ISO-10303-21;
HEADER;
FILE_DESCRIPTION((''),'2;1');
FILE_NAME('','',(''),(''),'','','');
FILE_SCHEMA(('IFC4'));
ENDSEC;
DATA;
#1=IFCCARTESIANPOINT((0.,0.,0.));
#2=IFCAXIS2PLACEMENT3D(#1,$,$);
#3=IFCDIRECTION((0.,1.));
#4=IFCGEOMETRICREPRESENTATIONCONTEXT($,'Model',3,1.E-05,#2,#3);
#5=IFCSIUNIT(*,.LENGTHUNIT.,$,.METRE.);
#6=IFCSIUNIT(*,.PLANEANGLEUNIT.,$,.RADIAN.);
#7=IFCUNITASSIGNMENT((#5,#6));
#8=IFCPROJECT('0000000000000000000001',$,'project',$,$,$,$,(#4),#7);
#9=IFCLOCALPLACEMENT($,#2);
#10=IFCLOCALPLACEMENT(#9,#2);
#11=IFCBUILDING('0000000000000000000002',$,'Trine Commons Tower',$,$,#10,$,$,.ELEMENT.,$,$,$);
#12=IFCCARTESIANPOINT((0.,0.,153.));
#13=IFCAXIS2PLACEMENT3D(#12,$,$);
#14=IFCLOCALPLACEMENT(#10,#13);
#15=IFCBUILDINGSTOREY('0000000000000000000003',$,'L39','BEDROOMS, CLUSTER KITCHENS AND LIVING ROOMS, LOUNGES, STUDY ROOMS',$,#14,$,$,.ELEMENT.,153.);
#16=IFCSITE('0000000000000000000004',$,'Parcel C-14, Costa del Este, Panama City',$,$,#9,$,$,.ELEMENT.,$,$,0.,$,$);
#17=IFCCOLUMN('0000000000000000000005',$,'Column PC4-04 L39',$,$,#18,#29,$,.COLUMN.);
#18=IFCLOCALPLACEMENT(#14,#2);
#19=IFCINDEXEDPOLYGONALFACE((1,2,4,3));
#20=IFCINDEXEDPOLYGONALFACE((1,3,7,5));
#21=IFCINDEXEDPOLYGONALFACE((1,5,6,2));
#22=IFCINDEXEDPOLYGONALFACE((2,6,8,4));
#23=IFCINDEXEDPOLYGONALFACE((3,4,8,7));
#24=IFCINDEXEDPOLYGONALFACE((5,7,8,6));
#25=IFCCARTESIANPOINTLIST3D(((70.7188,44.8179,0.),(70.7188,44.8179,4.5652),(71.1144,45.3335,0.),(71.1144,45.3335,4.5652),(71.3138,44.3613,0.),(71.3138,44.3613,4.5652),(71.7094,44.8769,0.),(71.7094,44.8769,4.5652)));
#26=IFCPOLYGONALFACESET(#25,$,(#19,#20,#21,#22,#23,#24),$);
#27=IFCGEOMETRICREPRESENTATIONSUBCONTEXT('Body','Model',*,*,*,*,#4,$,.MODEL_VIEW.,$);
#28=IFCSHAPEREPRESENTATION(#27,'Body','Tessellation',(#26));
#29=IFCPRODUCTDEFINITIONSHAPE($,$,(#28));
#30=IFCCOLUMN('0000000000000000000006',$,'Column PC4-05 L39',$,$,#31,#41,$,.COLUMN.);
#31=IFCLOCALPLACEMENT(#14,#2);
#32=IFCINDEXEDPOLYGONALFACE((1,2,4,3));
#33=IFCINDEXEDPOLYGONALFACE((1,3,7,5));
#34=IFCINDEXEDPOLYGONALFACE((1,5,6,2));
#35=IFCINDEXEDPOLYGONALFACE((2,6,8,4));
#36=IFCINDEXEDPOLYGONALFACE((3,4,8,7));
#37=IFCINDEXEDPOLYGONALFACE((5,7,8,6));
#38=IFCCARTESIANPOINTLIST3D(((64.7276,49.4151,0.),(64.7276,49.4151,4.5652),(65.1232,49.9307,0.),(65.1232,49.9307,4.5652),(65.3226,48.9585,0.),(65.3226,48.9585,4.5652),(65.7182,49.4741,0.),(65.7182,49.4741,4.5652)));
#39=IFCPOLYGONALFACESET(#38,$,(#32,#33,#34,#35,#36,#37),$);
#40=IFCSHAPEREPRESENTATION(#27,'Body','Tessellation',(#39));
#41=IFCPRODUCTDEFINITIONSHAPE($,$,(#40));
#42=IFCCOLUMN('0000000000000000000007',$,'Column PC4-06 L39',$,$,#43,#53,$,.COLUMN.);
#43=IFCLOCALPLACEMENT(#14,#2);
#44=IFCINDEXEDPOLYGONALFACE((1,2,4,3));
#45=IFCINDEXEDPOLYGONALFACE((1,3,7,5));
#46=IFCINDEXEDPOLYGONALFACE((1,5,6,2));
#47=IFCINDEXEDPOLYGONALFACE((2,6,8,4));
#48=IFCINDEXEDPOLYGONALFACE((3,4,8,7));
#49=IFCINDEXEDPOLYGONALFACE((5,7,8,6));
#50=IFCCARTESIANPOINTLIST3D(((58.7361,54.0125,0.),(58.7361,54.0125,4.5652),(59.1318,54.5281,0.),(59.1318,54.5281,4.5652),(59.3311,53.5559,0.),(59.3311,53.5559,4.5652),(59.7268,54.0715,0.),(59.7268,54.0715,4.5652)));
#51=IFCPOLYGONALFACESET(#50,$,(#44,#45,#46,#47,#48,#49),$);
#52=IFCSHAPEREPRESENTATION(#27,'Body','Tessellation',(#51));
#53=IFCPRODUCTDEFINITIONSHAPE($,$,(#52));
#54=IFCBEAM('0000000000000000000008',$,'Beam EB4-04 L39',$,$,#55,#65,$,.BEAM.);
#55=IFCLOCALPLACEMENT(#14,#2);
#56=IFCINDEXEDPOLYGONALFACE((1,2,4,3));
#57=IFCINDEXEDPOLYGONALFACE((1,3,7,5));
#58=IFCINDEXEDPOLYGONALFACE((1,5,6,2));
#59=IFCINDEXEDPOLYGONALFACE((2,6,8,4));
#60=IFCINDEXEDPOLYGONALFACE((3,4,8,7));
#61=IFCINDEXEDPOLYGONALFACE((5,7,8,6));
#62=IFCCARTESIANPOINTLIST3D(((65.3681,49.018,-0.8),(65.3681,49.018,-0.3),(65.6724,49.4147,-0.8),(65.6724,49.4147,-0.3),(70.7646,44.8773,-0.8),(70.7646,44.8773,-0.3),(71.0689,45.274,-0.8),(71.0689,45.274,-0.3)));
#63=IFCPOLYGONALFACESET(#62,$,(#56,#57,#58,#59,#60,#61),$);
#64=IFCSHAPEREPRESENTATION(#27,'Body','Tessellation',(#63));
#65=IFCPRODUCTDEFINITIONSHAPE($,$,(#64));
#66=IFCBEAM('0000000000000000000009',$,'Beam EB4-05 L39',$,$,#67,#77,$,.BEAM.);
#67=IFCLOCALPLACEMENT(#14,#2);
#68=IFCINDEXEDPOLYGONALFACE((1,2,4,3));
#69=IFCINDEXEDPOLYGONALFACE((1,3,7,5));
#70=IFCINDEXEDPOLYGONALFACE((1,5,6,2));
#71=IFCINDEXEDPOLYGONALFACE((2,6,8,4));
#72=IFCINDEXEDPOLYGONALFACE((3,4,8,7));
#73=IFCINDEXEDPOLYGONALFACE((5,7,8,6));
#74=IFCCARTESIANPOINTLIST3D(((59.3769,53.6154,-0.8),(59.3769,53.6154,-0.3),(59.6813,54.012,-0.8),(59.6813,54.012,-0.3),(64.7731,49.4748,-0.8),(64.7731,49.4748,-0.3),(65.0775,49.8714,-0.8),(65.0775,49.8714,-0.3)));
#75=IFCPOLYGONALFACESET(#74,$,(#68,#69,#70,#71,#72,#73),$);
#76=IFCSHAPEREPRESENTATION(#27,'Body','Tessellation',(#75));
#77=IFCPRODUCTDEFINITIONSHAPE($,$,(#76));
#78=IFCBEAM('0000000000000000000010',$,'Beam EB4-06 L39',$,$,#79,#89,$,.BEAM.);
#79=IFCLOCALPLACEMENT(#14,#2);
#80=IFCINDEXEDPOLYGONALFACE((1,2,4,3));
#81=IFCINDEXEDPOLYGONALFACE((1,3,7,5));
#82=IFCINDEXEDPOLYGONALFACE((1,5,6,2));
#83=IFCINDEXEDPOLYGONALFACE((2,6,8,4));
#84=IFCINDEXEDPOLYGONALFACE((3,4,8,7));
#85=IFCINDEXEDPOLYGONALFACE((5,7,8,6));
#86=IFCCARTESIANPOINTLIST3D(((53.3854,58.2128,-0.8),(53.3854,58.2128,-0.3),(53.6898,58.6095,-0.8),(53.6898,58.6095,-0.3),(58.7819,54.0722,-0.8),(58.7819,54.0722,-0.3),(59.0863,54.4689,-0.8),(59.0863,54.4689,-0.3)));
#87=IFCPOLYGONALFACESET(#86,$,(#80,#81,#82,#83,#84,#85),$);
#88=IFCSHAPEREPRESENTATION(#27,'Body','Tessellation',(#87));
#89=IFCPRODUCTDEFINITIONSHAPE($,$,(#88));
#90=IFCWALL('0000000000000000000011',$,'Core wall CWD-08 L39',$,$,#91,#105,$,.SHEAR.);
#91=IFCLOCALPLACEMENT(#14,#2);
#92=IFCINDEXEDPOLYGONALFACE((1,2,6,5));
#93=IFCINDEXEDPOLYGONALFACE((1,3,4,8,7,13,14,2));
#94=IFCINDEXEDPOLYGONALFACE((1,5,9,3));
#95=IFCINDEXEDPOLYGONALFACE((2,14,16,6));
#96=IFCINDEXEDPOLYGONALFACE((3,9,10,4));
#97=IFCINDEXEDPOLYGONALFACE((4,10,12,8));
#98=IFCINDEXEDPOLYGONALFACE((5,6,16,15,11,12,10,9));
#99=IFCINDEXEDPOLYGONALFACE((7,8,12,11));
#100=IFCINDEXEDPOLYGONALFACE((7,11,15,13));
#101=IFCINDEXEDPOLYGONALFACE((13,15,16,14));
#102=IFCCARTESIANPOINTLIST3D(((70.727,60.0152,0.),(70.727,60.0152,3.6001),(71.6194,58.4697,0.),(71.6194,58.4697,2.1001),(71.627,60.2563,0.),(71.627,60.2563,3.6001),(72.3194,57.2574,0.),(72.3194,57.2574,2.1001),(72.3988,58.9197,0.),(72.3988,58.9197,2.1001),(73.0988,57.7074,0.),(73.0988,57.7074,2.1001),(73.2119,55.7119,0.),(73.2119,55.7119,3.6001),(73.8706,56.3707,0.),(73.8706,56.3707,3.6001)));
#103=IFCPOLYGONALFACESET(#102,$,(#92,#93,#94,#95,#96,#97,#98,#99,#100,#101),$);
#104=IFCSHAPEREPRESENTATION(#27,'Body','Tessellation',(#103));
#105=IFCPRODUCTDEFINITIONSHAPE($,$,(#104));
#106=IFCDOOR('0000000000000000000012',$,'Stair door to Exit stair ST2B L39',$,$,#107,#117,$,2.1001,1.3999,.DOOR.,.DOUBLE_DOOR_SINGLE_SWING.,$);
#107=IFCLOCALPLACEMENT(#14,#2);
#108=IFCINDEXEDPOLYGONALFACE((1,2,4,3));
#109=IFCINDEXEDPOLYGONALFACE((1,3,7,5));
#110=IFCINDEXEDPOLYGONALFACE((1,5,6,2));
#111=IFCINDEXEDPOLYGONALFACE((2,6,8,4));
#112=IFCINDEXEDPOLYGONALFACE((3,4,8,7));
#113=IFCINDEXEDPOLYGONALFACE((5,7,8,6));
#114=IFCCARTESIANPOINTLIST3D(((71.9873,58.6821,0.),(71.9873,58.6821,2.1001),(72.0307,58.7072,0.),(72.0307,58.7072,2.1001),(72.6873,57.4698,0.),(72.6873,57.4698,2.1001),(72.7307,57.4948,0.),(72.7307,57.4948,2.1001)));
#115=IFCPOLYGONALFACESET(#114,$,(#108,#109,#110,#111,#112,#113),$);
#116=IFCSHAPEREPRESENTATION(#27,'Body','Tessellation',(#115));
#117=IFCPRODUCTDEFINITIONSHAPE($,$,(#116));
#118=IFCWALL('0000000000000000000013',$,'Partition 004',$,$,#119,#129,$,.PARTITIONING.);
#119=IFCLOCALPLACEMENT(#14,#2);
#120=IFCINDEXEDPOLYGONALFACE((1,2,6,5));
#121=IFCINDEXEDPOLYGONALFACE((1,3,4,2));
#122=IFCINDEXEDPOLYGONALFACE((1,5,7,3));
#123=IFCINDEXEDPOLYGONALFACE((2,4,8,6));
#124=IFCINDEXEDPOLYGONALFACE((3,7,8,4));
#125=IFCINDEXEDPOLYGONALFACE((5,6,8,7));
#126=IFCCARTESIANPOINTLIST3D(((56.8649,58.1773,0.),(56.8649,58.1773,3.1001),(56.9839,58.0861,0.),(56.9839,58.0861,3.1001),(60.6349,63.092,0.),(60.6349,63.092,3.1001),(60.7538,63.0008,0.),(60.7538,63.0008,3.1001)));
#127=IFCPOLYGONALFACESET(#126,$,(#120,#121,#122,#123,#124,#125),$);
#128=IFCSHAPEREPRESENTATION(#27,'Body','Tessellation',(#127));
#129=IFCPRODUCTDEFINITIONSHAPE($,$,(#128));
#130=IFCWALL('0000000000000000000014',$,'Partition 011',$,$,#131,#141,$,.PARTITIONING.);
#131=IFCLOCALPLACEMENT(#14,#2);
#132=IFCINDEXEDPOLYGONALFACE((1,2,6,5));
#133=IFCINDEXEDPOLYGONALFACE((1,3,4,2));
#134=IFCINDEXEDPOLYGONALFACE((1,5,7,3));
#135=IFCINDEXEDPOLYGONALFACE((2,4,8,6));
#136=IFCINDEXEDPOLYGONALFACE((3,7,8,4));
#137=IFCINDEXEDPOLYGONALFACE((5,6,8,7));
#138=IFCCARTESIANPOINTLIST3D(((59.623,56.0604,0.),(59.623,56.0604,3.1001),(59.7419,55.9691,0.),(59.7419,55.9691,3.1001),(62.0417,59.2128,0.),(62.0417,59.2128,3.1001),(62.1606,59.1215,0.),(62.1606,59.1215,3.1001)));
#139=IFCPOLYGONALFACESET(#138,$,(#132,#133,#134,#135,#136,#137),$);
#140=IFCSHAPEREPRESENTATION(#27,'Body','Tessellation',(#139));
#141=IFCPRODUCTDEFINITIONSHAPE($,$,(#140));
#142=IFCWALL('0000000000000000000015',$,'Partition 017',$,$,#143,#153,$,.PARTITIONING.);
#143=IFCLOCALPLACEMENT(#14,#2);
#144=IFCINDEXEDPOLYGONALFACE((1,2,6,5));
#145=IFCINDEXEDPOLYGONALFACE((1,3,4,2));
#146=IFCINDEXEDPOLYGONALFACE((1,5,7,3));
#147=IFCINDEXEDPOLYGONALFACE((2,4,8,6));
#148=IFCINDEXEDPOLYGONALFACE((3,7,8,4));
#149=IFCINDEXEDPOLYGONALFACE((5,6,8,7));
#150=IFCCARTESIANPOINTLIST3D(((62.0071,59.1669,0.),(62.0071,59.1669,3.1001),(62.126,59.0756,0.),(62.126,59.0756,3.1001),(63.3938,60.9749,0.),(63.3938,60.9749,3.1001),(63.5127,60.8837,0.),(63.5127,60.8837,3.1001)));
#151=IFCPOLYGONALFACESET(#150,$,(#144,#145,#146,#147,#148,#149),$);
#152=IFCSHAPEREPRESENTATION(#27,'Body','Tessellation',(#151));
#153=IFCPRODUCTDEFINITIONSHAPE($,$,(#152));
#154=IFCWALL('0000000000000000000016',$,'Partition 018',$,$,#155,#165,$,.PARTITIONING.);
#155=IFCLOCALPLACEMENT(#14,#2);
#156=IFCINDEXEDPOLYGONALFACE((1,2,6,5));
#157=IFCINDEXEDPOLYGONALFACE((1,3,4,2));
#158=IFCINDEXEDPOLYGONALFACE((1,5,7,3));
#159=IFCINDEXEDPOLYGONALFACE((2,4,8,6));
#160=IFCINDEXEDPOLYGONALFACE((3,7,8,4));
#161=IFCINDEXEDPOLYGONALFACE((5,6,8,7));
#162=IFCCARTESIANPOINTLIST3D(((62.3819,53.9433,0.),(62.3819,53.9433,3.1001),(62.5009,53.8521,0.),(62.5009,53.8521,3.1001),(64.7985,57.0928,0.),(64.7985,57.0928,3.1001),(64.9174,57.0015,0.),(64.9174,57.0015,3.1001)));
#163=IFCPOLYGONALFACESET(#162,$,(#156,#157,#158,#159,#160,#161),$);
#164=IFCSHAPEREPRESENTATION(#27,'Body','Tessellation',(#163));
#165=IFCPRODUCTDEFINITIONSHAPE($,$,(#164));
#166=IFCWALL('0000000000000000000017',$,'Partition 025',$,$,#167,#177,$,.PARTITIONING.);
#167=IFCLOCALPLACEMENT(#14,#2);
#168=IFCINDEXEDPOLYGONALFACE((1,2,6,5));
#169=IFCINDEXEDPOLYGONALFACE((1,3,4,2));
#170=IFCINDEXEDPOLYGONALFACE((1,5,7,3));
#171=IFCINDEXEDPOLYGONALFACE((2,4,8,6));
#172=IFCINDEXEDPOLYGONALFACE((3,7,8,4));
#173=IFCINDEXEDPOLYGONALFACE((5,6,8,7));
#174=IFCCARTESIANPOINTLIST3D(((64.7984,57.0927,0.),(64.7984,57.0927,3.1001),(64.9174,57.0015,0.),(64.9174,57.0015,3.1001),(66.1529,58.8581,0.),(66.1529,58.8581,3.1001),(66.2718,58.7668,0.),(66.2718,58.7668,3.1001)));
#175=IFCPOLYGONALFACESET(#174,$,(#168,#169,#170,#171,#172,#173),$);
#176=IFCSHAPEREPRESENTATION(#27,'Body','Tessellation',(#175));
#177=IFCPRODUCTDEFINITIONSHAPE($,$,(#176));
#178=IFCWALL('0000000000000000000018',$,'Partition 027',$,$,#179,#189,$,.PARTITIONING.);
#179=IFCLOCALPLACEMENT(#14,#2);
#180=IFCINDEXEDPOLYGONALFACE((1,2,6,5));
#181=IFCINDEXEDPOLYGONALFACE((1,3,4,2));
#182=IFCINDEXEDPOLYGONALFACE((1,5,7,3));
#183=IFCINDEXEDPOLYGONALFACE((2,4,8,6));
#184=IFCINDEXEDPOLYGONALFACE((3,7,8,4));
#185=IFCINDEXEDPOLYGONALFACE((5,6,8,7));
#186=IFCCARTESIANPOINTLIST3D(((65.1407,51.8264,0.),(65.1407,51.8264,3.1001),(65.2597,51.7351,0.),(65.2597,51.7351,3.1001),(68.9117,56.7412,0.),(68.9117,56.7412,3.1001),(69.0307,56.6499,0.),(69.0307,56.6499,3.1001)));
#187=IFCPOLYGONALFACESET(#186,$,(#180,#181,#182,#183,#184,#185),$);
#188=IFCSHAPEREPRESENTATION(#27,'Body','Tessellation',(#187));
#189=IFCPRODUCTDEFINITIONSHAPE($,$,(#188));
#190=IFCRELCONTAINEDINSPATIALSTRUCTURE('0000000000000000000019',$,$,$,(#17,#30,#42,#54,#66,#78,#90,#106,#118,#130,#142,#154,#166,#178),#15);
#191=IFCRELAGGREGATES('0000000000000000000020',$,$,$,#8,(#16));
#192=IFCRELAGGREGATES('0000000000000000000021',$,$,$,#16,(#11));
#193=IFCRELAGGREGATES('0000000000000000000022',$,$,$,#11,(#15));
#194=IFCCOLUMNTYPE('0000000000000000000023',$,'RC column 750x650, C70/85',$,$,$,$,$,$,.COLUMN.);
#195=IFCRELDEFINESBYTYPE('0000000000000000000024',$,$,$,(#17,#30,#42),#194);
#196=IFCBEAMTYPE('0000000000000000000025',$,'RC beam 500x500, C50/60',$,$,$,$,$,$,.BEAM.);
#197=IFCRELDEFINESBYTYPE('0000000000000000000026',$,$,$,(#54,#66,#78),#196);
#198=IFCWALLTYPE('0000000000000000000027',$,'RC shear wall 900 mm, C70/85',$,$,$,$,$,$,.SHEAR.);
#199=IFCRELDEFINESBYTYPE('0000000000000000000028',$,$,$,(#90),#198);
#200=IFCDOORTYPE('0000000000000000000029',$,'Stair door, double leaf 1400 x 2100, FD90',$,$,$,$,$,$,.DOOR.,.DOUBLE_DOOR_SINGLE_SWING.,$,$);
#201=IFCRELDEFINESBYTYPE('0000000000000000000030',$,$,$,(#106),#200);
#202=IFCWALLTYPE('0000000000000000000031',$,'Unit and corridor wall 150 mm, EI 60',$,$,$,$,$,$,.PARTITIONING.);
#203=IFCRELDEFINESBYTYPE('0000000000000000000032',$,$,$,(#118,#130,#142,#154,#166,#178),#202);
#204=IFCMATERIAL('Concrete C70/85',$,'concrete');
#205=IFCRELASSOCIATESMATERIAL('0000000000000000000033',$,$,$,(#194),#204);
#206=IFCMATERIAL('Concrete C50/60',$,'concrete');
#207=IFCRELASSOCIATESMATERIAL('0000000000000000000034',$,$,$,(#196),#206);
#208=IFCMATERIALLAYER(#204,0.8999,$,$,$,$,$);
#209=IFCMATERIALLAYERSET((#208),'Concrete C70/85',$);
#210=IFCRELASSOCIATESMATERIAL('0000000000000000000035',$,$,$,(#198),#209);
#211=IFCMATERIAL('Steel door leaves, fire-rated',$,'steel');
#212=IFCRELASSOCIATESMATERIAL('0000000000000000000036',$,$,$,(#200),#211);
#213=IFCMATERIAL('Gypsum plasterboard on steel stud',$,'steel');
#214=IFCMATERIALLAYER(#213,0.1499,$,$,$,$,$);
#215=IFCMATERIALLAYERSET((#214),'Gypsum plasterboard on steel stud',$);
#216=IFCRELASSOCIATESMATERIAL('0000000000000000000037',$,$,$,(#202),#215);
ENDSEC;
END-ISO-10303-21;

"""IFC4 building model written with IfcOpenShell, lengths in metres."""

from ifc_helpers import new_model, si_unit, direction, frame, frame_2d, origin, origin_2d, place, context, subcontext, project, spatial, polyline, rectangle, outline, extrude, material, layer, layer_set, material_profile, profile_set, type_object, element, fill, save


model = new_model("IFC4")

# Units and contexts
model_context = context("Model", 3, precision=1e-05, world=origin(), true_north=direction((0.0, 1.0)))
body_context = subcontext(model_context, "Body", "Model", "MODEL_VIEW")
ifc_project = project(units=[si_unit("LENGTHUNIT", "METRE"), si_unit("PLANEANGLEUNIT", "RADIAN")], contexts=[model_context])

# Site, building, storey
site_placement = place(None, origin())
site = spatial("IfcSite", under=ifc_project, at=site_placement, Name="Parcel C-14, Costa del Este, Panama City", CompositionType="ELEMENT", RefElevation=0.0)
building_placement = place(site_placement, origin())
building = spatial("IfcBuilding", under=site, at=building_placement, Name="Trine Commons Tower", CompositionType="ELEMENT")
storey_placement = place(building_placement, frame((0.0, 0.0, 153.0)))
storey = spatial("IfcBuildingStorey", under=building, at=storey_placement, Name="L39", Description="BEDROOMS, CLUSTER KITCHENS AND LIVING ROOMS, LOUNGES, STUDY ROOMS", CompositionType="ELEMENT", Elevation=153.0)

# Columns
ifc_material_1 = material(Name="Concrete C70/85", Category="concrete")
ifc_material_profile_1 = material_profile(ifc_material_1, rectangle(XDim=0.75, YDim=0.6499, at=origin_2d()), Name="RC 750x650")
ifc_profile_set_1 = profile_set([ifc_material_profile_1], Name="Concrete C70/85")
column_type = type_object("IfcColumnType", Name="RC column 750x650, C70/85", PredefinedType="COLUMN", material=ifc_profile_set_1)
for number, where, z_axis, x_axis, name in (
    (1, (71.2141, 44.8474, 0.0), (0.0, 0.0, 1.0), (-0.793353, 0.608761, 0.0), "Column PC4-04 L39"),
    (2, (65.2229, 49.4446, 0.0), (0.0, 0.0, 1.0), (-0.793353, 0.608761, 0.0), "Column PC4-05 L39"),
    (3, (59.2314, 54.042, 0.0), (0.0, 0.0, 1.0), (-0.793353, 0.608761, 0.0), "Column PC4-06 L39"),
):
    element("IfcColumn", number, at=place(storey_placement, frame(where, z_axis=z_axis, x_axis=x_axis)), inside=storey, type_object=column_type, Name=name, PredefinedType="COLUMN", context=body_context, shape_type="SweptSolid", body=[
        extrude(rectangle(XDim=0.75, YDim=0.6499, at=origin_2d()), origin(), (0.0, 0.0, 1.0), 4.5652),
    ])

# Beams
ifc_material_2 = material(Name="Concrete C50/60", Category="concrete")
ifc_material_profile_2 = material_profile(ifc_material_2, rectangle(XDim=0.5, YDim=0.5, at=origin_2d()), Name="RC 500x500")
ifc_profile_set_2 = profile_set([ifc_material_profile_2], Name="Concrete C50/60")
beam_type = type_object("IfcBeamType", Name="RC beam 500x500, C50/60", PredefinedType="BEAM", material=ifc_profile_set_2)
beam_1_placement = place(storey_placement, frame((70.9167, 45.0757, -0.55), z_axis=(-0.793371, 0.608739, 0.0), x_axis=(-0.608739, -0.793371, 0.0)))
element("IfcBeam", 4, at=beam_1_placement, inside=storey, type_object=beam_type, Name="Beam EB4-04 L39", PredefinedType="BEAM", context=body_context, shape_type="SweptSolid", body=[
    extrude(rectangle(XDim=0.5, YDim=0.5, at=origin_2d()), origin(), (0.0, 0.0, 1.0), 6.802),
])
beam_2_placement = place(storey_placement, frame((64.9253, 49.6731, -0.55), z_axis=(-0.793357, 0.608756, 0.0), x_axis=(-0.608756, -0.793357, 0.0)))
element("IfcBeam", 5, at=beam_2_placement, inside=storey, type_object=beam_type, Name="Beam EB4-05 L39", PredefinedType="BEAM", context=body_context, shape_type="SweptSolid", body=[
    extrude(rectangle(XDim=0.5, YDim=0.5, at=origin_2d()), origin(), (0.0, 0.0, 1.0), 6.8018),
])
beam_3_placement = place(storey_placement, frame((58.9341, 54.2705, -0.55), z_axis=(-0.793371, 0.608739, 0.0), x_axis=(-0.608739, -0.793371, 0.0)))
element("IfcBeam", 6, at=beam_3_placement, inside=storey, type_object=beam_type, Name="Beam EB4-06 L39", PredefinedType="BEAM", context=body_context, shape_type="SweptSolid", body=[
    extrude(rectangle(XDim=0.5, YDim=0.5, at=origin_2d()), origin(), (0.0, 0.0, 1.0), 6.802),
])

# Wall, opening, door
ifc_layer_1 = layer(ifc_material_1, 0.8999)
ifc_layer_set_1 = layer_set([ifc_layer_1], Name="Concrete C70/85")
wall_type_1 = type_object("IfcWallType", Name="RC shear wall 900 mm, C70/85", PredefinedType="SHEAR", material=ifc_layer_set_1)
wall_1_placement = place(storey_placement, frame((71.1167, 60.2402, 0.0), z_axis=(0.0, 0.0, 1.0), x_axis=(0.500039, -0.866003, 0.0)))
wall_1 = element("IfcWall", 7, at=wall_1_placement, inside=storey, type_object=wall_type_1, Name="Core wall CWD-08 L39", PredefinedType="SHEAR", context=body_context, shape_type="SweptSolid", body=[
    extrude(outline(polyline([(0.0, -0.45), (4.9692, -0.45), (4.728, 0.45), (0.2412, 0.45), (0.0, -0.45)])), origin(), (0.0, 0.0, 1.0), 3.6001),
])
opening_1_placement = place(wall_1_placement, frame((1.7847, 0.0, 0.0)))
opening_1 = element("IfcOpeningElement", 8, at=opening_1_placement, cuts=wall_1, PredefinedType="OPENING", context=body_context, shape_type="SweptSolid", body=[
    extrude(rectangle(XDim=1.3999, YDim=2.1001, at=frame_2d((0.7, 1.05))), frame((0.0, 0.46, 0.0), z_axis=(0.0, -1.0, 0.0), x_axis=(1.0, 0.0, 0.0)), (0.0, 0.0, 1.0), 0.9199),
])
ifc_material_3 = material(Name="Steel door leaves, fire-rated", Category="steel")
door_type_1 = type_object("IfcDoorType", Name="Stair door, double leaf 1400 x 2100, FD90", OperationType="DOUBLE_DOOR_SINGLE_SWING", PredefinedType="DOOR", material=ifc_material_3)
door_1_placement = place(opening_1_placement, origin())
door_1 = element("IfcDoor", 9, at=door_1_placement, inside=storey, type_object=door_type_1, Name="Stair door to Exit stair ST2B L39", OperationType="DOUBLE_DOOR_SINGLE_SWING", OverallHeight=2.1001, OverallWidth=1.3999, PredefinedType="DOOR", context=body_context, shape_type="SweptSolid", body=[
    extrude(rectangle(XDim=1.3999, YDim=2.1001, at=frame_2d((0.7, 1.05))), frame((0.0, 0.0249, 0.0), z_axis=(0.0, -1.0, 0.0), x_axis=(1.0, 0.0, 0.0)), (0.0, 0.0, 1.0), 0.05),
])
fill(opening_1, door_1)

# Walls
ifc_material_4 = material(Name="Gypsum plasterboard on steel stud", Category="steel")
ifc_layer_2 = layer(ifc_material_4, 0.1499)
ifc_layer_set_2 = layer_set([ifc_layer_2], Name="Gypsum plasterboard on steel stud")
wall_type_2 = type_object("IfcWallType", Name="Unit and corridor wall 150 mm, EI 60", PredefinedType="PARTITIONING", material=ifc_layer_set_2)
wall_2_placement = place(storey_placement, frame((56.9243, 58.1316, 0.0), z_axis=(0.0, 0.0, 1.0), x_axis=(0.608636, 0.79345, 0.0)))
element("IfcWall", 10, at=wall_2_placement, inside=storey, type_object=wall_type_2, Name="Partition 004", PredefinedType="PARTITIONING", context=body_context, shape_type="SweptSolid", body=[
    extrude(rectangle(XDim=6.1941, YDim=0.1499, at=frame_2d((3.0972, 0.0))), origin(), (0.0, 0.0, 1.0), 3.1001),
])
wall_3_placement = place(storey_placement, frame((59.6824, 56.0146, 0.0), z_axis=(0.0, 0.0, 1.0), x_axis=(0.608733, 0.793375, 0.0)))
element("IfcWall", 11, at=wall_3_placement, inside=storey, type_object=wall_type_2, Name="Partition 011", PredefinedType="PARTITIONING", context=body_context, shape_type="SweptSolid", body=[
    extrude(rectangle(XDim=3.9734, YDim=0.1499, at=frame_2d((1.9868, 0.0))), origin(), (0.0, 0.0, 1.0), 3.1001),
])
wall_4_placement = place(storey_placement, frame((62.0667, 59.1213, 0.0), z_axis=(0.0, 0.0, 1.0), x_axis=(0.608571, 0.793499, 0.0)))
element("IfcWall", 12, at=wall_4_placement, inside=storey, type_object=wall_type_2, Name="Partition 017", PredefinedType="PARTITIONING", context=body_context, shape_type="SweptSolid", body=[
    extrude(rectangle(XDim=2.2786, YDim=0.1499, at=frame_2d((1.1392, 0.0))), origin(), (0.0, 0.0, 1.0), 3.1001),
])
wall_5_placement = place(storey_placement, frame((62.4414, 53.8977, 0.0), z_axis=(0.0, 0.0, 1.0), x_axis=(0.608741, 0.793369, 0.0)))
element("IfcWall", 13, at=wall_5_placement, inside=storey, type_object=wall_type_2, Name="Partition 018", PredefinedType="PARTITIONING", context=body_context, shape_type="SweptSolid", body=[
    extrude(rectangle(XDim=3.9697, YDim=0.1499, at=frame_2d((1.9849, 0.0))), origin(), (0.0, 0.0, 1.0), 3.1001),
])
wall_6_placement = place(storey_placement, frame((64.8579, 57.0471, 0.0), z_axis=(0.0, 0.0, 1.0), x_axis=(0.608724, 0.793382, 0.0)))
element("IfcWall", 14, at=wall_6_placement, inside=storey, type_object=wall_type_2, Name="Partition 025", PredefinedType="PARTITIONING", context=body_context, shape_type="SweptSolid", body=[
    extrude(rectangle(XDim=2.2251, YDim=0.1499, at=frame_2d((1.1125, 0.0))), origin(), (0.0, 0.0, 1.0), 3.1001),
])
wall_7_placement = place(storey_placement, frame((65.2002, 51.7808, 0.0), z_axis=(0.0, 0.0, 1.0), x_axis=(0.608735, 0.793374, 0.0)))
element("IfcWall", 15, at=wall_7_placement, inside=storey, type_object=wall_type_2, Name="Partition 027", PredefinedType="PARTITIONING", context=body_context, shape_type="SweptSolid", body=[
    extrude(rectangle(XDim=6.1948, YDim=0.1499, at=frame_2d((3.0974, 0.0))), origin(), (0.0, 0.0, 1.0), 3.1001),
])

save(model, "model.ifc")
